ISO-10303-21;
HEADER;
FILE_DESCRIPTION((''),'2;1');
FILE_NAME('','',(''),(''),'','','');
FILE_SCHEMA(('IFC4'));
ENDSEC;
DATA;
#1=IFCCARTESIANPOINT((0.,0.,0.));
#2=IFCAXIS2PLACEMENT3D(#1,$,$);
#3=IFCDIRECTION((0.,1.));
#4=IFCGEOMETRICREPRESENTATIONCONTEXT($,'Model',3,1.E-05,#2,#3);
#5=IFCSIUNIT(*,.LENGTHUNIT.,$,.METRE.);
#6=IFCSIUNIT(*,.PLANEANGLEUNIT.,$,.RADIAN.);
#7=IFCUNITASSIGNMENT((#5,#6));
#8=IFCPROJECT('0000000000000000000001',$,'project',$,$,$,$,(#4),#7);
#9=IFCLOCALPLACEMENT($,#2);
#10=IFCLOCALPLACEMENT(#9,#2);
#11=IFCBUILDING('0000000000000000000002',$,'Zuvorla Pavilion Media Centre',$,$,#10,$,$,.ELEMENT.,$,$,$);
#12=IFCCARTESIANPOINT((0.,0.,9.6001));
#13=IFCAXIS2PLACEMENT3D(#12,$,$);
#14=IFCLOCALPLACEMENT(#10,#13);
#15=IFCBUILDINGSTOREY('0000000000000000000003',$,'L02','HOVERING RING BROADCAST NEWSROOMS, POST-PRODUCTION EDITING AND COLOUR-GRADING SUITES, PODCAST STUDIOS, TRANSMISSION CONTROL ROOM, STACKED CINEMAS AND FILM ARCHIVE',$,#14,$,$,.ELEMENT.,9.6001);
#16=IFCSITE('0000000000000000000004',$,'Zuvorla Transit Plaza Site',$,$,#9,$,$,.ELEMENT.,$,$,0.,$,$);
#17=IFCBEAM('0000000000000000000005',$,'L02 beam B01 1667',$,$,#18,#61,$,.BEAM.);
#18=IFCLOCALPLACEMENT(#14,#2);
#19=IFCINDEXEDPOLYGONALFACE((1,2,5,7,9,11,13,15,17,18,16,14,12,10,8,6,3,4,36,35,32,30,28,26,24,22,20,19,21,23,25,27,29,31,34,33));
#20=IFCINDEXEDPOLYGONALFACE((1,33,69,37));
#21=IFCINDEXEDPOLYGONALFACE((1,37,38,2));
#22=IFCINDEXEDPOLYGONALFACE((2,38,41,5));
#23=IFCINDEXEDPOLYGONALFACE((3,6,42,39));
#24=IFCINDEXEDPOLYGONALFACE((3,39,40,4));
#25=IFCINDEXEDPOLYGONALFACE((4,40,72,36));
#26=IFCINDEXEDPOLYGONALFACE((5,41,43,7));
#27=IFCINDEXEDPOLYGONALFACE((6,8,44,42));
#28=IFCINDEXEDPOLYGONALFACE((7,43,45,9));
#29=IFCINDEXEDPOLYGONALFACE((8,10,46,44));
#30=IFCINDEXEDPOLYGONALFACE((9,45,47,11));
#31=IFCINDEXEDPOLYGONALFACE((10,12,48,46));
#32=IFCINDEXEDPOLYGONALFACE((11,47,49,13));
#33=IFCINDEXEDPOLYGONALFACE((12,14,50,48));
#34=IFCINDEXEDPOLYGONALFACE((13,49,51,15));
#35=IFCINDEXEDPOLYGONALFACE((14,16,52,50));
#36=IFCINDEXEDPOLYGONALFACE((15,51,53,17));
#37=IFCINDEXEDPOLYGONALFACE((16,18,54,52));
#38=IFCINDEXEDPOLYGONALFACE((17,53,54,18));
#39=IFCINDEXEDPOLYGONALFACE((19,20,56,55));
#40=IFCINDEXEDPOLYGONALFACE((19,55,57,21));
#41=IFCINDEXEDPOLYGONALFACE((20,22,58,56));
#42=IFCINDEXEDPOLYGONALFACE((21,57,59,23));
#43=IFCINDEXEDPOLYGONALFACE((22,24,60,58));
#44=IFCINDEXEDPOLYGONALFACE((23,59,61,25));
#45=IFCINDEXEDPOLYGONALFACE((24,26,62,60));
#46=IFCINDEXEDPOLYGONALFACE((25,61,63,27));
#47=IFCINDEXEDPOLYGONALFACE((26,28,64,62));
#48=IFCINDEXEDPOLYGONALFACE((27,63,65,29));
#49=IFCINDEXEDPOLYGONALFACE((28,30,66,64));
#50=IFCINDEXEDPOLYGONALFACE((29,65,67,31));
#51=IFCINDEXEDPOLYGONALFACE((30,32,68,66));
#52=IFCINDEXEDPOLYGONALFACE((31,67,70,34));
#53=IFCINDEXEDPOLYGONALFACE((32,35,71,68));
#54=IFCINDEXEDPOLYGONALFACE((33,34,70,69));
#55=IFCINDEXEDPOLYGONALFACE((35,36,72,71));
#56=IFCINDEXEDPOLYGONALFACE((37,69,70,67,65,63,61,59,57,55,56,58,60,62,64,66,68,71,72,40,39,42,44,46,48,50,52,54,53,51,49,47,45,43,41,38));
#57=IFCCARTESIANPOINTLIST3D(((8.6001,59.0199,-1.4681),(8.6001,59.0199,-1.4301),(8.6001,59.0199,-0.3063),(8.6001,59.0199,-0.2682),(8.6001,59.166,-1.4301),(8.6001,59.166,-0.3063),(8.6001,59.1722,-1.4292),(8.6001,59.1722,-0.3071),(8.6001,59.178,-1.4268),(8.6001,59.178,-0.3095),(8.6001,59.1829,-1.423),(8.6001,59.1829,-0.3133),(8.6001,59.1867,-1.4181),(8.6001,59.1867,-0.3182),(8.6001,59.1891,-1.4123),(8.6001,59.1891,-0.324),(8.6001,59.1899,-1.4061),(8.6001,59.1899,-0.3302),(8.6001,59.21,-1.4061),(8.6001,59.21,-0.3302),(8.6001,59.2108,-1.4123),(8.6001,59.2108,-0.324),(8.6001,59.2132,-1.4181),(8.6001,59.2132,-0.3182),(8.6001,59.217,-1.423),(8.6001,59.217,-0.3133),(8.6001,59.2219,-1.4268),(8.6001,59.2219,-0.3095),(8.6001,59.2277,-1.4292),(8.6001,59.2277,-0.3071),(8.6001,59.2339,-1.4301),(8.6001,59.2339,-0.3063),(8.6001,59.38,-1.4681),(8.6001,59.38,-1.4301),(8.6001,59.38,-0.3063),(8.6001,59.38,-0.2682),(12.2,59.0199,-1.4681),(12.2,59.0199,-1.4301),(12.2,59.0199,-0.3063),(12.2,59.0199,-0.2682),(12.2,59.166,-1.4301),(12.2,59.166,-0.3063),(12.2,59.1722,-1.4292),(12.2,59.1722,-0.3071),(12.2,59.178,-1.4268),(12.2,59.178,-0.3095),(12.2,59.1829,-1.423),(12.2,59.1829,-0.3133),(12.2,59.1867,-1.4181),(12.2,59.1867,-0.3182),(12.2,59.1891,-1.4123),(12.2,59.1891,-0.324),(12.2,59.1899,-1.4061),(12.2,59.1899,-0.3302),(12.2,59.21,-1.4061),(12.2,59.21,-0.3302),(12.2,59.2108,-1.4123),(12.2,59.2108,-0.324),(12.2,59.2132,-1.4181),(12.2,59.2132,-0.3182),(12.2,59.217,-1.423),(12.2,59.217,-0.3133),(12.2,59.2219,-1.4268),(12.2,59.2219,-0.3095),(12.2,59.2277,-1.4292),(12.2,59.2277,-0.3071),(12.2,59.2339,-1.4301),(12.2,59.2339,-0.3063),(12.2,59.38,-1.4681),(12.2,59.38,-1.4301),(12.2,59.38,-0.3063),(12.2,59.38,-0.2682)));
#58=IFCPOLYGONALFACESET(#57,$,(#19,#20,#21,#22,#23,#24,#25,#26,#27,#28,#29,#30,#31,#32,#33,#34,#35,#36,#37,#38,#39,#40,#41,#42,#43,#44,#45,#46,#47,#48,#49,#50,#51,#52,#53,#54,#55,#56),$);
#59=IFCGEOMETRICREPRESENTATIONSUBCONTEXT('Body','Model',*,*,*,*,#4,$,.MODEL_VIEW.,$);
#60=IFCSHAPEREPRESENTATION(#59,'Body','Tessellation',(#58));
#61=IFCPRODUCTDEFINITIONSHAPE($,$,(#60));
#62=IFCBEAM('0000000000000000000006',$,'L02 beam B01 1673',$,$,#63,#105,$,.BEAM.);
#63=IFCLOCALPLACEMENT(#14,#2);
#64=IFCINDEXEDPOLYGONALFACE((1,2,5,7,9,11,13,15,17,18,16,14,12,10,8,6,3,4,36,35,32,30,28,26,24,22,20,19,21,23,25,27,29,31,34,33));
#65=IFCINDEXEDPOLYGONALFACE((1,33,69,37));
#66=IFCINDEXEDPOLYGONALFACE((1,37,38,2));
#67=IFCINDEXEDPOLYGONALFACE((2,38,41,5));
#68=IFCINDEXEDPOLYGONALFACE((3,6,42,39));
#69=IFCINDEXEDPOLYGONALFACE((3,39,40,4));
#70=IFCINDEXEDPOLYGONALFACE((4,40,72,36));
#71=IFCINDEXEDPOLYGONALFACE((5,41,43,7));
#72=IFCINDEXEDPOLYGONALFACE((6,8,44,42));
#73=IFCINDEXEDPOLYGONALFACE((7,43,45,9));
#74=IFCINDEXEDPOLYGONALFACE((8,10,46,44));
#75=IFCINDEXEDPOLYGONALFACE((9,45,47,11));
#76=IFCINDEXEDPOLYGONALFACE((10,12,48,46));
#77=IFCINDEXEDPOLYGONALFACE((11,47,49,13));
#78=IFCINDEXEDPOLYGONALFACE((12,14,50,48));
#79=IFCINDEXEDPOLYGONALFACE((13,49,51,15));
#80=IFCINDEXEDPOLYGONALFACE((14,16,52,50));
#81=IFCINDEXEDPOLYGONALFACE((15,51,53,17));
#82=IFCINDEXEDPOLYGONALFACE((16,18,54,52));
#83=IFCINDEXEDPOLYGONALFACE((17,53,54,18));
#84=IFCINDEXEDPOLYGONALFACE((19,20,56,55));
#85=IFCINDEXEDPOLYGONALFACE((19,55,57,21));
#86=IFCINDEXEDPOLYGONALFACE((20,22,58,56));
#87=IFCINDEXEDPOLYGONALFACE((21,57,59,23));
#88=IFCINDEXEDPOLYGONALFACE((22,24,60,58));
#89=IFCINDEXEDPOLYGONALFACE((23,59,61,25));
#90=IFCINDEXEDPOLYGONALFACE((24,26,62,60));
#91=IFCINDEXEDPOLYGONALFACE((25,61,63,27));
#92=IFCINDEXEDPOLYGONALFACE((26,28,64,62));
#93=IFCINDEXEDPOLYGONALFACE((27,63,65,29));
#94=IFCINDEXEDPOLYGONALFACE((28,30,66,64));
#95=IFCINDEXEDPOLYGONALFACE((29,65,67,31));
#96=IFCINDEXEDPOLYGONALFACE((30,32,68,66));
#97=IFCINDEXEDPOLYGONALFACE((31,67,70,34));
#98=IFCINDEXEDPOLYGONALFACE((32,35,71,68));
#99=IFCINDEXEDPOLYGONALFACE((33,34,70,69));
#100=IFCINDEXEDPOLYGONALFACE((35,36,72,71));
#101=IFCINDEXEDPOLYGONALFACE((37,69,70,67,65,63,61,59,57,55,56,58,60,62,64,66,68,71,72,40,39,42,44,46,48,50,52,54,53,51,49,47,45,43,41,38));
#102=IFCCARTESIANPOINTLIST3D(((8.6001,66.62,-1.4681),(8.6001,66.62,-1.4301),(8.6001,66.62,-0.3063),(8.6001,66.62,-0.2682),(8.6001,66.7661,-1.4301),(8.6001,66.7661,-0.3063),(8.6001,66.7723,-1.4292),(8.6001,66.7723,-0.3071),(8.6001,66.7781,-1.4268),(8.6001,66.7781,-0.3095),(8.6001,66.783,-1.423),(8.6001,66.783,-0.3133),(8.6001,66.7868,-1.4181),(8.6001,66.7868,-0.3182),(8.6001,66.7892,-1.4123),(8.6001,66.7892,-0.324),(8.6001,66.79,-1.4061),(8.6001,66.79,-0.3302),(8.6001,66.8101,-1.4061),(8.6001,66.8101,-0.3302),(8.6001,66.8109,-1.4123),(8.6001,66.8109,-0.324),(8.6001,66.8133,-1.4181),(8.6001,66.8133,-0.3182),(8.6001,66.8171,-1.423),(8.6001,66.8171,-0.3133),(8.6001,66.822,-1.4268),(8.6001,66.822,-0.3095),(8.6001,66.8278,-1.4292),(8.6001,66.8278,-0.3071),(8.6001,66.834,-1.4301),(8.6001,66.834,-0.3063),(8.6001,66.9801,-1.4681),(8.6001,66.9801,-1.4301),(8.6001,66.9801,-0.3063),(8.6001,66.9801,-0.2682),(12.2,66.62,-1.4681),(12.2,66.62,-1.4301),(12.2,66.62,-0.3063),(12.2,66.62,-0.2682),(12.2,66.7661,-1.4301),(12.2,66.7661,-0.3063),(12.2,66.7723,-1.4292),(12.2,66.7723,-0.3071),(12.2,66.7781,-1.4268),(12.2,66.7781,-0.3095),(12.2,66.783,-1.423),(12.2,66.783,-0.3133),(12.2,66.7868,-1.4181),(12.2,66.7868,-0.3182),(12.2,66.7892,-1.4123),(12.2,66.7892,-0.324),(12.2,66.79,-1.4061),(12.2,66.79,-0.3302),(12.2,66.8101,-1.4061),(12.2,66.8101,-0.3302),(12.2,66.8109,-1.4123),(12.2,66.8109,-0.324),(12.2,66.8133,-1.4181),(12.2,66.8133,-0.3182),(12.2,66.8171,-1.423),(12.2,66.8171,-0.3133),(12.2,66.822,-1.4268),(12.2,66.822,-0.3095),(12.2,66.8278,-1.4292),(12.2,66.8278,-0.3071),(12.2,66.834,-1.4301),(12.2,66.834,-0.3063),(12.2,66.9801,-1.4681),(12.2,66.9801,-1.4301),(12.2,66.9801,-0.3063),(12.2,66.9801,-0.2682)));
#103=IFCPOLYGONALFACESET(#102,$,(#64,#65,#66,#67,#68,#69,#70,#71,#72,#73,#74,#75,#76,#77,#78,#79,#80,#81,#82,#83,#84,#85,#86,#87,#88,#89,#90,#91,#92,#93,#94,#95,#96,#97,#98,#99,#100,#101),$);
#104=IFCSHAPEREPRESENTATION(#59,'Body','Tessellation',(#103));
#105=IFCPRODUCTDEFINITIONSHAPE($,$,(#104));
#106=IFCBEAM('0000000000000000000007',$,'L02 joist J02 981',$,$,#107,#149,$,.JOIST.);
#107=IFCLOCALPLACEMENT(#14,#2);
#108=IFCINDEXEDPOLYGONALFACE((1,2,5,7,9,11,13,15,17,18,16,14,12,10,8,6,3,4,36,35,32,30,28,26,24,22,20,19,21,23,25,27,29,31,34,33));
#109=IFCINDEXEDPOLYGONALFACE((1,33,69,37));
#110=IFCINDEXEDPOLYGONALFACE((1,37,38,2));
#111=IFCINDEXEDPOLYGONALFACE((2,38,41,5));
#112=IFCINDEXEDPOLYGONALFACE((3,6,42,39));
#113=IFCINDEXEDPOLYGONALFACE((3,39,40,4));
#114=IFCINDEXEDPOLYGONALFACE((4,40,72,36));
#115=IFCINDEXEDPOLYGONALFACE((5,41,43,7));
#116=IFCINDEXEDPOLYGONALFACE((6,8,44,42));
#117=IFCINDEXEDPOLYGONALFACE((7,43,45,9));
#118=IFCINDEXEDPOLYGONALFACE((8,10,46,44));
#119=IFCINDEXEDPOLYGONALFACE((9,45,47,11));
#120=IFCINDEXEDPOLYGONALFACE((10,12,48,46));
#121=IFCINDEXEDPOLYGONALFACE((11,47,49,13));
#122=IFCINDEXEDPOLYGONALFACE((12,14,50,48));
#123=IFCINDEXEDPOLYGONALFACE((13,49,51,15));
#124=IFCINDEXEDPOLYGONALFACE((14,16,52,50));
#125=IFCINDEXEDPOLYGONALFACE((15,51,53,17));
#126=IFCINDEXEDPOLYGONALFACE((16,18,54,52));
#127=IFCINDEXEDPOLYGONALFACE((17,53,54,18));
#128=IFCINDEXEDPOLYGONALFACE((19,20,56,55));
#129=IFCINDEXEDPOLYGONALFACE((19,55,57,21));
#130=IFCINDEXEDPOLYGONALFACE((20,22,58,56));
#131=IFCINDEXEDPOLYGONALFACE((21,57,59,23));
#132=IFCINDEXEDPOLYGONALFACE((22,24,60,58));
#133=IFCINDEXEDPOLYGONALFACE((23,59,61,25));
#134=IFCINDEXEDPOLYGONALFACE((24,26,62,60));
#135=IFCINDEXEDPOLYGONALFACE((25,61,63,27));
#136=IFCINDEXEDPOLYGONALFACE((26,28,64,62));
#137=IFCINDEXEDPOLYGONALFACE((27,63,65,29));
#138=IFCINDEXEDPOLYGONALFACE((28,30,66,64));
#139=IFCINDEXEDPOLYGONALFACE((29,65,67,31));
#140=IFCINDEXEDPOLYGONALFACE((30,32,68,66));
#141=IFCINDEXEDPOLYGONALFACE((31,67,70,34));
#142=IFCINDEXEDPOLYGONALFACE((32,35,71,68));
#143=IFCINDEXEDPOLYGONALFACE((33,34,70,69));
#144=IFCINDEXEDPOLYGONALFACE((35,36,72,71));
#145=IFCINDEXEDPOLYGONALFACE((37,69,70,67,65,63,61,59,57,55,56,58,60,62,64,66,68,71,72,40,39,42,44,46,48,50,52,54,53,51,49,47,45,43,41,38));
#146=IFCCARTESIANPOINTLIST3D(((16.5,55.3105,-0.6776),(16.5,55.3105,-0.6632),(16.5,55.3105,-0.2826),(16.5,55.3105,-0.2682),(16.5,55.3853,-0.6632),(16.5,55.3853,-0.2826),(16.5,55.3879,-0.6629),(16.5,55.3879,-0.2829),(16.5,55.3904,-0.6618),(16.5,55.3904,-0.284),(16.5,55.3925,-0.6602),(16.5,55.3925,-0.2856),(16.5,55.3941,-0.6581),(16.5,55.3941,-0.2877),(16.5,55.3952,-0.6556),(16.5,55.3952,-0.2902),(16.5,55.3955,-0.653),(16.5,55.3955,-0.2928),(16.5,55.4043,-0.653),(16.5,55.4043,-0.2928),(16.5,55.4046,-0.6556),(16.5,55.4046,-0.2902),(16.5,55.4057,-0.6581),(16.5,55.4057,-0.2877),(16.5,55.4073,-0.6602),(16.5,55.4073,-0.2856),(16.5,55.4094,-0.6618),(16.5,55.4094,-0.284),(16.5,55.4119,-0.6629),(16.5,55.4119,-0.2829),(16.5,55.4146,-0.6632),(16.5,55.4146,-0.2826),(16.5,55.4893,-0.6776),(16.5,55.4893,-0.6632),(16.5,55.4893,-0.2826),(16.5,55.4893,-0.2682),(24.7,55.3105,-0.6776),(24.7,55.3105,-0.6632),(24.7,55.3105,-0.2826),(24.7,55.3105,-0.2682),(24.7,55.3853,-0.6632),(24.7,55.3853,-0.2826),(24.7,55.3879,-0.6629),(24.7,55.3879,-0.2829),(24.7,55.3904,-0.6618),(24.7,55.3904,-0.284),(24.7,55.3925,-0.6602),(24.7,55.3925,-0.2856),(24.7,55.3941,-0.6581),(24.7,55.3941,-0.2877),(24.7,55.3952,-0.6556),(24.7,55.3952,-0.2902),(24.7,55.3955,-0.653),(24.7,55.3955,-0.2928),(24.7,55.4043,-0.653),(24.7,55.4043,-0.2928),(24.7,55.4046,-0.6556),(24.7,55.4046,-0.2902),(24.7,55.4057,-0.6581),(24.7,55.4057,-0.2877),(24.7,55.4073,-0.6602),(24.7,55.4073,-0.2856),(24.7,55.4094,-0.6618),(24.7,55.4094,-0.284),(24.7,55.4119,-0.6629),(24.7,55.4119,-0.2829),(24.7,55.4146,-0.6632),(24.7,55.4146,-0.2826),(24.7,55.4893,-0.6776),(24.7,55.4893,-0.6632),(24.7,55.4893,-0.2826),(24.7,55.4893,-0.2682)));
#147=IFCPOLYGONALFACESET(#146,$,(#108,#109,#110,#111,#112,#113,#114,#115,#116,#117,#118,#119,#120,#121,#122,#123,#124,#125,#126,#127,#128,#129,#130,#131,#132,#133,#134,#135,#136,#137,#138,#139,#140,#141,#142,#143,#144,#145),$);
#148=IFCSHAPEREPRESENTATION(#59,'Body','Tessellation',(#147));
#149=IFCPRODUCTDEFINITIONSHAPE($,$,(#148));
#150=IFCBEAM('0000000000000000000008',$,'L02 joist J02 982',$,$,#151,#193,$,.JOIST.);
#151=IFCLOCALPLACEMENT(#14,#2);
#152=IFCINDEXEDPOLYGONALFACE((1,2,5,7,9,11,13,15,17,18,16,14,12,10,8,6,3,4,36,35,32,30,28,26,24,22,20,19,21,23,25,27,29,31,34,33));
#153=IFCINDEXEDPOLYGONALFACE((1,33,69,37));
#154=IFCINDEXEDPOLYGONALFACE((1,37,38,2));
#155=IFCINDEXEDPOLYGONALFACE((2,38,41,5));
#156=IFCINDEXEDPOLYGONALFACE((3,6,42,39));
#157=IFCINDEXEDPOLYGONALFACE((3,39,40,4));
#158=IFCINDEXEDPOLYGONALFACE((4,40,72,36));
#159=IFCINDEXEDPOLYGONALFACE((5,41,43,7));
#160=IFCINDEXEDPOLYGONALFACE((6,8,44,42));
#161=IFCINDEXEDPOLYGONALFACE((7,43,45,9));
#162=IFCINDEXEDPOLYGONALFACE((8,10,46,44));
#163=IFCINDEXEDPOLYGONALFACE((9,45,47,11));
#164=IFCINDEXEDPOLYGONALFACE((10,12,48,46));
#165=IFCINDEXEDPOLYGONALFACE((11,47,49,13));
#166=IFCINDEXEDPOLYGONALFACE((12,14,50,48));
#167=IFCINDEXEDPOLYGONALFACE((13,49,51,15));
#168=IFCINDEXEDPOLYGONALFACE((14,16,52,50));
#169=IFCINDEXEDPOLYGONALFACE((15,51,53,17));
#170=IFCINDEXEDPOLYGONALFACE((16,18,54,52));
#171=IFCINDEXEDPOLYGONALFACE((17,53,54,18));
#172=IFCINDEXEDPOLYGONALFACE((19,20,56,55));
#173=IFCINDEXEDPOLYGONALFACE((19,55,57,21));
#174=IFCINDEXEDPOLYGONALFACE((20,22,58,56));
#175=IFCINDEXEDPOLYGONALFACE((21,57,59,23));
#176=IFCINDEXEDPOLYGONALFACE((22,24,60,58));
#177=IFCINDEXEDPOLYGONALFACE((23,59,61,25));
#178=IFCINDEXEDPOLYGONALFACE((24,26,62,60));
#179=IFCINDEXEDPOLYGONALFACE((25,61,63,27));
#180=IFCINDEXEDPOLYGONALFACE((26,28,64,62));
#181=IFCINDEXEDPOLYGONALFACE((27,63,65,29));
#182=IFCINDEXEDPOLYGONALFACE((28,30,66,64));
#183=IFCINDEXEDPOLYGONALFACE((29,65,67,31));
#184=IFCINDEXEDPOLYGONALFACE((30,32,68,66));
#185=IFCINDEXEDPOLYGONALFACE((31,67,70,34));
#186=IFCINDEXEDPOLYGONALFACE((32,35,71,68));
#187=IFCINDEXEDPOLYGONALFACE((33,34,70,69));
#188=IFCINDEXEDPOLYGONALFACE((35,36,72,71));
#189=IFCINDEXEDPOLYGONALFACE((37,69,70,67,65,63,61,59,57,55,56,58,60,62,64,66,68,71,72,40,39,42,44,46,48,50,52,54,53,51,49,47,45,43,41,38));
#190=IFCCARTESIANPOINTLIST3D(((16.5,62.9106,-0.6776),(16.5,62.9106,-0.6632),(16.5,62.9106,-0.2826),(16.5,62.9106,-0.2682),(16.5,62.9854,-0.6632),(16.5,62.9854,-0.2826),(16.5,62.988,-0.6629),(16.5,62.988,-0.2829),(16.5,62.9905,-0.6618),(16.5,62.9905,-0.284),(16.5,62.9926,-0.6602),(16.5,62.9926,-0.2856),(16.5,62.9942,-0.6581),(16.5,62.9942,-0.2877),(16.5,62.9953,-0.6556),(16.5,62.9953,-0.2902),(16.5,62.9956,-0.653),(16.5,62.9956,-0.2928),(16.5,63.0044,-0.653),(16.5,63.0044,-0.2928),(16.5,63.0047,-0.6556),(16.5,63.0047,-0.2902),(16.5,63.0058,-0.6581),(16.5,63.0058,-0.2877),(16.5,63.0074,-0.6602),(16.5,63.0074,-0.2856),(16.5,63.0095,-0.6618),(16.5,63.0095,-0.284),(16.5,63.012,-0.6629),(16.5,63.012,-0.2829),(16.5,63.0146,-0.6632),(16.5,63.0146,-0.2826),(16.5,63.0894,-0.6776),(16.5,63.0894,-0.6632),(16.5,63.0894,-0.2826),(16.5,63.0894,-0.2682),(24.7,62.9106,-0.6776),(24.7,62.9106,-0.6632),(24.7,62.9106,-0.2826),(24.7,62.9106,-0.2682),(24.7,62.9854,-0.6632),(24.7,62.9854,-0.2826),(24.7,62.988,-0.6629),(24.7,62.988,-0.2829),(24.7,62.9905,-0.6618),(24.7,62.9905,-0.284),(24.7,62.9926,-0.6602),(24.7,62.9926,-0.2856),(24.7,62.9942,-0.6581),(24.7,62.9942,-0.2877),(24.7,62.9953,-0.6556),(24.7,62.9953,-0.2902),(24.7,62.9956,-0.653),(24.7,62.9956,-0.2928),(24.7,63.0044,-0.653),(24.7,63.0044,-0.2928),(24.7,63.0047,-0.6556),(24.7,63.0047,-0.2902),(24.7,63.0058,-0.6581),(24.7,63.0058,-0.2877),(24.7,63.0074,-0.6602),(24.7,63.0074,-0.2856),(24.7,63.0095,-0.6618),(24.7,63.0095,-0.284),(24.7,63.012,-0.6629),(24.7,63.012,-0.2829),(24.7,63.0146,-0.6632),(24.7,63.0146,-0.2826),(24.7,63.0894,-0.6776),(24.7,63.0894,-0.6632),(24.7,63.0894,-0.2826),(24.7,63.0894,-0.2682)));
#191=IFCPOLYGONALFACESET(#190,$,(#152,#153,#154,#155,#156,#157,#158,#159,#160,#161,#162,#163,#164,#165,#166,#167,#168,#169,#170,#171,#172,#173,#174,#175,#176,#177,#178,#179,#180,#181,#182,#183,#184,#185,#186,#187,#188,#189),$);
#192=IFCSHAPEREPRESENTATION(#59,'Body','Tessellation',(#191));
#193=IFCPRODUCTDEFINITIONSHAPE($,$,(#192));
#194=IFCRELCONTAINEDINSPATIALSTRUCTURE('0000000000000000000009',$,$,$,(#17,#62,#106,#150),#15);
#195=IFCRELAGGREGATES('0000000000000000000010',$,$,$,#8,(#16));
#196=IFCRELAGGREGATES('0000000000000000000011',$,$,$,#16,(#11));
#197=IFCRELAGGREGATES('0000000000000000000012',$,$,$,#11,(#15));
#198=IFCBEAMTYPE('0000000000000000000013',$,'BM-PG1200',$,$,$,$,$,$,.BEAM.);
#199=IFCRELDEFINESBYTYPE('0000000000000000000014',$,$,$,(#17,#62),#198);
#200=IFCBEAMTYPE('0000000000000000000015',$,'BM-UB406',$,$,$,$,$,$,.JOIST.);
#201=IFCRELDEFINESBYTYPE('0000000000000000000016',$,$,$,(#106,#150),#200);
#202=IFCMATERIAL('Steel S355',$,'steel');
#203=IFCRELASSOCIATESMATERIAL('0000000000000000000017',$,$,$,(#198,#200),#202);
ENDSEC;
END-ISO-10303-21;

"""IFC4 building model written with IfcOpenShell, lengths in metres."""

from ifc_helpers import new_model, si_unit, direction, frame, origin, origin_2d, place, context, subcontext, project, spatial, i_section, extrude, material, material_profile, profile_set, type_object, element, save


model = new_model("IFC4")

# Units and contexts
model_context = context("Model", 3, precision=1e-05, world=origin(), true_north=direction((0.0, 1.0)))
body_context = subcontext(model_context, "Body", "Model", "MODEL_VIEW")
ifc_project = project(units=[si_unit("LENGTHUNIT", "METRE"), si_unit("PLANEANGLEUNIT", "RADIAN")], contexts=[model_context])

# Site, building, storey
site_placement = place(None, origin())
site = spatial("IfcSite", under=ifc_project, at=site_placement, Name="Zuvorla Transit Plaza Site", CompositionType="ELEMENT", RefElevation=0.0)
building_placement = place(site_placement, origin())
building = spatial("IfcBuilding", under=site, at=building_placement, Name="Zuvorla Pavilion Media Centre", CompositionType="ELEMENT")
storey_placement = place(building_placement, frame((0.0, 0.0, 9.6001)))
storey = spatial("IfcBuildingStorey", under=building, at=storey_placement, Name="L02", Description="HOVERING RING BROADCAST NEWSROOMS, POST-PRODUCTION EDITING AND COLOUR-GRADING SUITES, PODCAST STUDIOS, TRANSMISSION CONTROL ROOM, STACKED CINEMAS AND FILM ARCHIVE", CompositionType="ELEMENT", Elevation=9.6001)

# Shared definitions
ifc_material_1 = material(Name="Steel S355", Category="steel")

# Beams
ifc_material_profile_1 = material_profile(ifc_material_1, i_section(OverallWidth=0.3601, OverallDepth=1.2, WebThickness=0.02, FlangeThickness=0.0381, FilletRadius=0.0239, at=origin_2d()), Name="PG 1200x360x38")
ifc_profile_set_1 = profile_set([ifc_material_profile_1], Name="Steel S355")
beam_type_1 = type_object("IfcBeamType", Name="BM-PG1200", PredefinedType="BEAM", material=ifc_profile_set_1)
for number, where, z_axis, x_axis, name in (
    (1, (12.2, 59.2, -0.8682), (-1.0, 0.0, 0.0), (0.0, -1.0, 0.0), "L02 beam B01 1667"),
    (2, (12.2, 66.8, -0.8682), (-1.0, 0.0, 0.0), (0.0, -1.0, 0.0), "L02 beam B01 1673"),
):
    element("IfcBeam", number, at=place(storey_placement, frame(where, z_axis=z_axis, x_axis=x_axis)), inside=storey, type_object=beam_type_1, Name=name, PredefinedType="BEAM", context=body_context, shape_type="SweptSolid", body=[
        extrude(i_section(OverallWidth=0.3601, OverallDepth=1.2, WebThickness=0.02, FlangeThickness=0.0381, FilletRadius=0.0239, at=origin_2d()), origin(), (0.0, 0.0, 1.0), 3.5999),
    ])
ifc_material_profile_2 = material_profile(ifc_material_1, i_section(OverallWidth=0.1787, OverallDepth=0.4094, WebThickness=0.0088, FlangeThickness=0.0144, FilletRadius=0.0103, at=origin_2d()), Name="UB 406x178x67")
ifc_profile_set_2 = profile_set([ifc_material_profile_2], Name="Steel S355")
beam_type_2 = type_object("IfcBeamType", Name="BM-UB406", PredefinedType="JOIST", material=ifc_profile_set_2)
for number, where, z_axis, x_axis, name in (
    (3, (16.5, 55.3999, -0.4729), (1.0, 0.0, 0.0), (0.0, 1.0, 0.0), "L02 joist J02 981"),
    (4, (16.5, 63.0, -0.4729), (1.0, 0.0, 0.0), (0.0, 1.0, 0.0), "L02 joist J02 982"),
):
    element("IfcBeam", number, at=place(storey_placement, frame(where, z_axis=z_axis, x_axis=x_axis)), inside=storey, type_object=beam_type_2, Name=name, PredefinedType="JOIST", context=body_context, shape_type="SweptSolid", body=[
        extrude(i_section(OverallWidth=0.1787, OverallDepth=0.4094, WebThickness=0.0088, FlangeThickness=0.0144, FilletRadius=0.0103, at=origin_2d()), origin(), (0.0, 0.0, 1.0), 8.2),
    ])

save(model, "model.ifc")
